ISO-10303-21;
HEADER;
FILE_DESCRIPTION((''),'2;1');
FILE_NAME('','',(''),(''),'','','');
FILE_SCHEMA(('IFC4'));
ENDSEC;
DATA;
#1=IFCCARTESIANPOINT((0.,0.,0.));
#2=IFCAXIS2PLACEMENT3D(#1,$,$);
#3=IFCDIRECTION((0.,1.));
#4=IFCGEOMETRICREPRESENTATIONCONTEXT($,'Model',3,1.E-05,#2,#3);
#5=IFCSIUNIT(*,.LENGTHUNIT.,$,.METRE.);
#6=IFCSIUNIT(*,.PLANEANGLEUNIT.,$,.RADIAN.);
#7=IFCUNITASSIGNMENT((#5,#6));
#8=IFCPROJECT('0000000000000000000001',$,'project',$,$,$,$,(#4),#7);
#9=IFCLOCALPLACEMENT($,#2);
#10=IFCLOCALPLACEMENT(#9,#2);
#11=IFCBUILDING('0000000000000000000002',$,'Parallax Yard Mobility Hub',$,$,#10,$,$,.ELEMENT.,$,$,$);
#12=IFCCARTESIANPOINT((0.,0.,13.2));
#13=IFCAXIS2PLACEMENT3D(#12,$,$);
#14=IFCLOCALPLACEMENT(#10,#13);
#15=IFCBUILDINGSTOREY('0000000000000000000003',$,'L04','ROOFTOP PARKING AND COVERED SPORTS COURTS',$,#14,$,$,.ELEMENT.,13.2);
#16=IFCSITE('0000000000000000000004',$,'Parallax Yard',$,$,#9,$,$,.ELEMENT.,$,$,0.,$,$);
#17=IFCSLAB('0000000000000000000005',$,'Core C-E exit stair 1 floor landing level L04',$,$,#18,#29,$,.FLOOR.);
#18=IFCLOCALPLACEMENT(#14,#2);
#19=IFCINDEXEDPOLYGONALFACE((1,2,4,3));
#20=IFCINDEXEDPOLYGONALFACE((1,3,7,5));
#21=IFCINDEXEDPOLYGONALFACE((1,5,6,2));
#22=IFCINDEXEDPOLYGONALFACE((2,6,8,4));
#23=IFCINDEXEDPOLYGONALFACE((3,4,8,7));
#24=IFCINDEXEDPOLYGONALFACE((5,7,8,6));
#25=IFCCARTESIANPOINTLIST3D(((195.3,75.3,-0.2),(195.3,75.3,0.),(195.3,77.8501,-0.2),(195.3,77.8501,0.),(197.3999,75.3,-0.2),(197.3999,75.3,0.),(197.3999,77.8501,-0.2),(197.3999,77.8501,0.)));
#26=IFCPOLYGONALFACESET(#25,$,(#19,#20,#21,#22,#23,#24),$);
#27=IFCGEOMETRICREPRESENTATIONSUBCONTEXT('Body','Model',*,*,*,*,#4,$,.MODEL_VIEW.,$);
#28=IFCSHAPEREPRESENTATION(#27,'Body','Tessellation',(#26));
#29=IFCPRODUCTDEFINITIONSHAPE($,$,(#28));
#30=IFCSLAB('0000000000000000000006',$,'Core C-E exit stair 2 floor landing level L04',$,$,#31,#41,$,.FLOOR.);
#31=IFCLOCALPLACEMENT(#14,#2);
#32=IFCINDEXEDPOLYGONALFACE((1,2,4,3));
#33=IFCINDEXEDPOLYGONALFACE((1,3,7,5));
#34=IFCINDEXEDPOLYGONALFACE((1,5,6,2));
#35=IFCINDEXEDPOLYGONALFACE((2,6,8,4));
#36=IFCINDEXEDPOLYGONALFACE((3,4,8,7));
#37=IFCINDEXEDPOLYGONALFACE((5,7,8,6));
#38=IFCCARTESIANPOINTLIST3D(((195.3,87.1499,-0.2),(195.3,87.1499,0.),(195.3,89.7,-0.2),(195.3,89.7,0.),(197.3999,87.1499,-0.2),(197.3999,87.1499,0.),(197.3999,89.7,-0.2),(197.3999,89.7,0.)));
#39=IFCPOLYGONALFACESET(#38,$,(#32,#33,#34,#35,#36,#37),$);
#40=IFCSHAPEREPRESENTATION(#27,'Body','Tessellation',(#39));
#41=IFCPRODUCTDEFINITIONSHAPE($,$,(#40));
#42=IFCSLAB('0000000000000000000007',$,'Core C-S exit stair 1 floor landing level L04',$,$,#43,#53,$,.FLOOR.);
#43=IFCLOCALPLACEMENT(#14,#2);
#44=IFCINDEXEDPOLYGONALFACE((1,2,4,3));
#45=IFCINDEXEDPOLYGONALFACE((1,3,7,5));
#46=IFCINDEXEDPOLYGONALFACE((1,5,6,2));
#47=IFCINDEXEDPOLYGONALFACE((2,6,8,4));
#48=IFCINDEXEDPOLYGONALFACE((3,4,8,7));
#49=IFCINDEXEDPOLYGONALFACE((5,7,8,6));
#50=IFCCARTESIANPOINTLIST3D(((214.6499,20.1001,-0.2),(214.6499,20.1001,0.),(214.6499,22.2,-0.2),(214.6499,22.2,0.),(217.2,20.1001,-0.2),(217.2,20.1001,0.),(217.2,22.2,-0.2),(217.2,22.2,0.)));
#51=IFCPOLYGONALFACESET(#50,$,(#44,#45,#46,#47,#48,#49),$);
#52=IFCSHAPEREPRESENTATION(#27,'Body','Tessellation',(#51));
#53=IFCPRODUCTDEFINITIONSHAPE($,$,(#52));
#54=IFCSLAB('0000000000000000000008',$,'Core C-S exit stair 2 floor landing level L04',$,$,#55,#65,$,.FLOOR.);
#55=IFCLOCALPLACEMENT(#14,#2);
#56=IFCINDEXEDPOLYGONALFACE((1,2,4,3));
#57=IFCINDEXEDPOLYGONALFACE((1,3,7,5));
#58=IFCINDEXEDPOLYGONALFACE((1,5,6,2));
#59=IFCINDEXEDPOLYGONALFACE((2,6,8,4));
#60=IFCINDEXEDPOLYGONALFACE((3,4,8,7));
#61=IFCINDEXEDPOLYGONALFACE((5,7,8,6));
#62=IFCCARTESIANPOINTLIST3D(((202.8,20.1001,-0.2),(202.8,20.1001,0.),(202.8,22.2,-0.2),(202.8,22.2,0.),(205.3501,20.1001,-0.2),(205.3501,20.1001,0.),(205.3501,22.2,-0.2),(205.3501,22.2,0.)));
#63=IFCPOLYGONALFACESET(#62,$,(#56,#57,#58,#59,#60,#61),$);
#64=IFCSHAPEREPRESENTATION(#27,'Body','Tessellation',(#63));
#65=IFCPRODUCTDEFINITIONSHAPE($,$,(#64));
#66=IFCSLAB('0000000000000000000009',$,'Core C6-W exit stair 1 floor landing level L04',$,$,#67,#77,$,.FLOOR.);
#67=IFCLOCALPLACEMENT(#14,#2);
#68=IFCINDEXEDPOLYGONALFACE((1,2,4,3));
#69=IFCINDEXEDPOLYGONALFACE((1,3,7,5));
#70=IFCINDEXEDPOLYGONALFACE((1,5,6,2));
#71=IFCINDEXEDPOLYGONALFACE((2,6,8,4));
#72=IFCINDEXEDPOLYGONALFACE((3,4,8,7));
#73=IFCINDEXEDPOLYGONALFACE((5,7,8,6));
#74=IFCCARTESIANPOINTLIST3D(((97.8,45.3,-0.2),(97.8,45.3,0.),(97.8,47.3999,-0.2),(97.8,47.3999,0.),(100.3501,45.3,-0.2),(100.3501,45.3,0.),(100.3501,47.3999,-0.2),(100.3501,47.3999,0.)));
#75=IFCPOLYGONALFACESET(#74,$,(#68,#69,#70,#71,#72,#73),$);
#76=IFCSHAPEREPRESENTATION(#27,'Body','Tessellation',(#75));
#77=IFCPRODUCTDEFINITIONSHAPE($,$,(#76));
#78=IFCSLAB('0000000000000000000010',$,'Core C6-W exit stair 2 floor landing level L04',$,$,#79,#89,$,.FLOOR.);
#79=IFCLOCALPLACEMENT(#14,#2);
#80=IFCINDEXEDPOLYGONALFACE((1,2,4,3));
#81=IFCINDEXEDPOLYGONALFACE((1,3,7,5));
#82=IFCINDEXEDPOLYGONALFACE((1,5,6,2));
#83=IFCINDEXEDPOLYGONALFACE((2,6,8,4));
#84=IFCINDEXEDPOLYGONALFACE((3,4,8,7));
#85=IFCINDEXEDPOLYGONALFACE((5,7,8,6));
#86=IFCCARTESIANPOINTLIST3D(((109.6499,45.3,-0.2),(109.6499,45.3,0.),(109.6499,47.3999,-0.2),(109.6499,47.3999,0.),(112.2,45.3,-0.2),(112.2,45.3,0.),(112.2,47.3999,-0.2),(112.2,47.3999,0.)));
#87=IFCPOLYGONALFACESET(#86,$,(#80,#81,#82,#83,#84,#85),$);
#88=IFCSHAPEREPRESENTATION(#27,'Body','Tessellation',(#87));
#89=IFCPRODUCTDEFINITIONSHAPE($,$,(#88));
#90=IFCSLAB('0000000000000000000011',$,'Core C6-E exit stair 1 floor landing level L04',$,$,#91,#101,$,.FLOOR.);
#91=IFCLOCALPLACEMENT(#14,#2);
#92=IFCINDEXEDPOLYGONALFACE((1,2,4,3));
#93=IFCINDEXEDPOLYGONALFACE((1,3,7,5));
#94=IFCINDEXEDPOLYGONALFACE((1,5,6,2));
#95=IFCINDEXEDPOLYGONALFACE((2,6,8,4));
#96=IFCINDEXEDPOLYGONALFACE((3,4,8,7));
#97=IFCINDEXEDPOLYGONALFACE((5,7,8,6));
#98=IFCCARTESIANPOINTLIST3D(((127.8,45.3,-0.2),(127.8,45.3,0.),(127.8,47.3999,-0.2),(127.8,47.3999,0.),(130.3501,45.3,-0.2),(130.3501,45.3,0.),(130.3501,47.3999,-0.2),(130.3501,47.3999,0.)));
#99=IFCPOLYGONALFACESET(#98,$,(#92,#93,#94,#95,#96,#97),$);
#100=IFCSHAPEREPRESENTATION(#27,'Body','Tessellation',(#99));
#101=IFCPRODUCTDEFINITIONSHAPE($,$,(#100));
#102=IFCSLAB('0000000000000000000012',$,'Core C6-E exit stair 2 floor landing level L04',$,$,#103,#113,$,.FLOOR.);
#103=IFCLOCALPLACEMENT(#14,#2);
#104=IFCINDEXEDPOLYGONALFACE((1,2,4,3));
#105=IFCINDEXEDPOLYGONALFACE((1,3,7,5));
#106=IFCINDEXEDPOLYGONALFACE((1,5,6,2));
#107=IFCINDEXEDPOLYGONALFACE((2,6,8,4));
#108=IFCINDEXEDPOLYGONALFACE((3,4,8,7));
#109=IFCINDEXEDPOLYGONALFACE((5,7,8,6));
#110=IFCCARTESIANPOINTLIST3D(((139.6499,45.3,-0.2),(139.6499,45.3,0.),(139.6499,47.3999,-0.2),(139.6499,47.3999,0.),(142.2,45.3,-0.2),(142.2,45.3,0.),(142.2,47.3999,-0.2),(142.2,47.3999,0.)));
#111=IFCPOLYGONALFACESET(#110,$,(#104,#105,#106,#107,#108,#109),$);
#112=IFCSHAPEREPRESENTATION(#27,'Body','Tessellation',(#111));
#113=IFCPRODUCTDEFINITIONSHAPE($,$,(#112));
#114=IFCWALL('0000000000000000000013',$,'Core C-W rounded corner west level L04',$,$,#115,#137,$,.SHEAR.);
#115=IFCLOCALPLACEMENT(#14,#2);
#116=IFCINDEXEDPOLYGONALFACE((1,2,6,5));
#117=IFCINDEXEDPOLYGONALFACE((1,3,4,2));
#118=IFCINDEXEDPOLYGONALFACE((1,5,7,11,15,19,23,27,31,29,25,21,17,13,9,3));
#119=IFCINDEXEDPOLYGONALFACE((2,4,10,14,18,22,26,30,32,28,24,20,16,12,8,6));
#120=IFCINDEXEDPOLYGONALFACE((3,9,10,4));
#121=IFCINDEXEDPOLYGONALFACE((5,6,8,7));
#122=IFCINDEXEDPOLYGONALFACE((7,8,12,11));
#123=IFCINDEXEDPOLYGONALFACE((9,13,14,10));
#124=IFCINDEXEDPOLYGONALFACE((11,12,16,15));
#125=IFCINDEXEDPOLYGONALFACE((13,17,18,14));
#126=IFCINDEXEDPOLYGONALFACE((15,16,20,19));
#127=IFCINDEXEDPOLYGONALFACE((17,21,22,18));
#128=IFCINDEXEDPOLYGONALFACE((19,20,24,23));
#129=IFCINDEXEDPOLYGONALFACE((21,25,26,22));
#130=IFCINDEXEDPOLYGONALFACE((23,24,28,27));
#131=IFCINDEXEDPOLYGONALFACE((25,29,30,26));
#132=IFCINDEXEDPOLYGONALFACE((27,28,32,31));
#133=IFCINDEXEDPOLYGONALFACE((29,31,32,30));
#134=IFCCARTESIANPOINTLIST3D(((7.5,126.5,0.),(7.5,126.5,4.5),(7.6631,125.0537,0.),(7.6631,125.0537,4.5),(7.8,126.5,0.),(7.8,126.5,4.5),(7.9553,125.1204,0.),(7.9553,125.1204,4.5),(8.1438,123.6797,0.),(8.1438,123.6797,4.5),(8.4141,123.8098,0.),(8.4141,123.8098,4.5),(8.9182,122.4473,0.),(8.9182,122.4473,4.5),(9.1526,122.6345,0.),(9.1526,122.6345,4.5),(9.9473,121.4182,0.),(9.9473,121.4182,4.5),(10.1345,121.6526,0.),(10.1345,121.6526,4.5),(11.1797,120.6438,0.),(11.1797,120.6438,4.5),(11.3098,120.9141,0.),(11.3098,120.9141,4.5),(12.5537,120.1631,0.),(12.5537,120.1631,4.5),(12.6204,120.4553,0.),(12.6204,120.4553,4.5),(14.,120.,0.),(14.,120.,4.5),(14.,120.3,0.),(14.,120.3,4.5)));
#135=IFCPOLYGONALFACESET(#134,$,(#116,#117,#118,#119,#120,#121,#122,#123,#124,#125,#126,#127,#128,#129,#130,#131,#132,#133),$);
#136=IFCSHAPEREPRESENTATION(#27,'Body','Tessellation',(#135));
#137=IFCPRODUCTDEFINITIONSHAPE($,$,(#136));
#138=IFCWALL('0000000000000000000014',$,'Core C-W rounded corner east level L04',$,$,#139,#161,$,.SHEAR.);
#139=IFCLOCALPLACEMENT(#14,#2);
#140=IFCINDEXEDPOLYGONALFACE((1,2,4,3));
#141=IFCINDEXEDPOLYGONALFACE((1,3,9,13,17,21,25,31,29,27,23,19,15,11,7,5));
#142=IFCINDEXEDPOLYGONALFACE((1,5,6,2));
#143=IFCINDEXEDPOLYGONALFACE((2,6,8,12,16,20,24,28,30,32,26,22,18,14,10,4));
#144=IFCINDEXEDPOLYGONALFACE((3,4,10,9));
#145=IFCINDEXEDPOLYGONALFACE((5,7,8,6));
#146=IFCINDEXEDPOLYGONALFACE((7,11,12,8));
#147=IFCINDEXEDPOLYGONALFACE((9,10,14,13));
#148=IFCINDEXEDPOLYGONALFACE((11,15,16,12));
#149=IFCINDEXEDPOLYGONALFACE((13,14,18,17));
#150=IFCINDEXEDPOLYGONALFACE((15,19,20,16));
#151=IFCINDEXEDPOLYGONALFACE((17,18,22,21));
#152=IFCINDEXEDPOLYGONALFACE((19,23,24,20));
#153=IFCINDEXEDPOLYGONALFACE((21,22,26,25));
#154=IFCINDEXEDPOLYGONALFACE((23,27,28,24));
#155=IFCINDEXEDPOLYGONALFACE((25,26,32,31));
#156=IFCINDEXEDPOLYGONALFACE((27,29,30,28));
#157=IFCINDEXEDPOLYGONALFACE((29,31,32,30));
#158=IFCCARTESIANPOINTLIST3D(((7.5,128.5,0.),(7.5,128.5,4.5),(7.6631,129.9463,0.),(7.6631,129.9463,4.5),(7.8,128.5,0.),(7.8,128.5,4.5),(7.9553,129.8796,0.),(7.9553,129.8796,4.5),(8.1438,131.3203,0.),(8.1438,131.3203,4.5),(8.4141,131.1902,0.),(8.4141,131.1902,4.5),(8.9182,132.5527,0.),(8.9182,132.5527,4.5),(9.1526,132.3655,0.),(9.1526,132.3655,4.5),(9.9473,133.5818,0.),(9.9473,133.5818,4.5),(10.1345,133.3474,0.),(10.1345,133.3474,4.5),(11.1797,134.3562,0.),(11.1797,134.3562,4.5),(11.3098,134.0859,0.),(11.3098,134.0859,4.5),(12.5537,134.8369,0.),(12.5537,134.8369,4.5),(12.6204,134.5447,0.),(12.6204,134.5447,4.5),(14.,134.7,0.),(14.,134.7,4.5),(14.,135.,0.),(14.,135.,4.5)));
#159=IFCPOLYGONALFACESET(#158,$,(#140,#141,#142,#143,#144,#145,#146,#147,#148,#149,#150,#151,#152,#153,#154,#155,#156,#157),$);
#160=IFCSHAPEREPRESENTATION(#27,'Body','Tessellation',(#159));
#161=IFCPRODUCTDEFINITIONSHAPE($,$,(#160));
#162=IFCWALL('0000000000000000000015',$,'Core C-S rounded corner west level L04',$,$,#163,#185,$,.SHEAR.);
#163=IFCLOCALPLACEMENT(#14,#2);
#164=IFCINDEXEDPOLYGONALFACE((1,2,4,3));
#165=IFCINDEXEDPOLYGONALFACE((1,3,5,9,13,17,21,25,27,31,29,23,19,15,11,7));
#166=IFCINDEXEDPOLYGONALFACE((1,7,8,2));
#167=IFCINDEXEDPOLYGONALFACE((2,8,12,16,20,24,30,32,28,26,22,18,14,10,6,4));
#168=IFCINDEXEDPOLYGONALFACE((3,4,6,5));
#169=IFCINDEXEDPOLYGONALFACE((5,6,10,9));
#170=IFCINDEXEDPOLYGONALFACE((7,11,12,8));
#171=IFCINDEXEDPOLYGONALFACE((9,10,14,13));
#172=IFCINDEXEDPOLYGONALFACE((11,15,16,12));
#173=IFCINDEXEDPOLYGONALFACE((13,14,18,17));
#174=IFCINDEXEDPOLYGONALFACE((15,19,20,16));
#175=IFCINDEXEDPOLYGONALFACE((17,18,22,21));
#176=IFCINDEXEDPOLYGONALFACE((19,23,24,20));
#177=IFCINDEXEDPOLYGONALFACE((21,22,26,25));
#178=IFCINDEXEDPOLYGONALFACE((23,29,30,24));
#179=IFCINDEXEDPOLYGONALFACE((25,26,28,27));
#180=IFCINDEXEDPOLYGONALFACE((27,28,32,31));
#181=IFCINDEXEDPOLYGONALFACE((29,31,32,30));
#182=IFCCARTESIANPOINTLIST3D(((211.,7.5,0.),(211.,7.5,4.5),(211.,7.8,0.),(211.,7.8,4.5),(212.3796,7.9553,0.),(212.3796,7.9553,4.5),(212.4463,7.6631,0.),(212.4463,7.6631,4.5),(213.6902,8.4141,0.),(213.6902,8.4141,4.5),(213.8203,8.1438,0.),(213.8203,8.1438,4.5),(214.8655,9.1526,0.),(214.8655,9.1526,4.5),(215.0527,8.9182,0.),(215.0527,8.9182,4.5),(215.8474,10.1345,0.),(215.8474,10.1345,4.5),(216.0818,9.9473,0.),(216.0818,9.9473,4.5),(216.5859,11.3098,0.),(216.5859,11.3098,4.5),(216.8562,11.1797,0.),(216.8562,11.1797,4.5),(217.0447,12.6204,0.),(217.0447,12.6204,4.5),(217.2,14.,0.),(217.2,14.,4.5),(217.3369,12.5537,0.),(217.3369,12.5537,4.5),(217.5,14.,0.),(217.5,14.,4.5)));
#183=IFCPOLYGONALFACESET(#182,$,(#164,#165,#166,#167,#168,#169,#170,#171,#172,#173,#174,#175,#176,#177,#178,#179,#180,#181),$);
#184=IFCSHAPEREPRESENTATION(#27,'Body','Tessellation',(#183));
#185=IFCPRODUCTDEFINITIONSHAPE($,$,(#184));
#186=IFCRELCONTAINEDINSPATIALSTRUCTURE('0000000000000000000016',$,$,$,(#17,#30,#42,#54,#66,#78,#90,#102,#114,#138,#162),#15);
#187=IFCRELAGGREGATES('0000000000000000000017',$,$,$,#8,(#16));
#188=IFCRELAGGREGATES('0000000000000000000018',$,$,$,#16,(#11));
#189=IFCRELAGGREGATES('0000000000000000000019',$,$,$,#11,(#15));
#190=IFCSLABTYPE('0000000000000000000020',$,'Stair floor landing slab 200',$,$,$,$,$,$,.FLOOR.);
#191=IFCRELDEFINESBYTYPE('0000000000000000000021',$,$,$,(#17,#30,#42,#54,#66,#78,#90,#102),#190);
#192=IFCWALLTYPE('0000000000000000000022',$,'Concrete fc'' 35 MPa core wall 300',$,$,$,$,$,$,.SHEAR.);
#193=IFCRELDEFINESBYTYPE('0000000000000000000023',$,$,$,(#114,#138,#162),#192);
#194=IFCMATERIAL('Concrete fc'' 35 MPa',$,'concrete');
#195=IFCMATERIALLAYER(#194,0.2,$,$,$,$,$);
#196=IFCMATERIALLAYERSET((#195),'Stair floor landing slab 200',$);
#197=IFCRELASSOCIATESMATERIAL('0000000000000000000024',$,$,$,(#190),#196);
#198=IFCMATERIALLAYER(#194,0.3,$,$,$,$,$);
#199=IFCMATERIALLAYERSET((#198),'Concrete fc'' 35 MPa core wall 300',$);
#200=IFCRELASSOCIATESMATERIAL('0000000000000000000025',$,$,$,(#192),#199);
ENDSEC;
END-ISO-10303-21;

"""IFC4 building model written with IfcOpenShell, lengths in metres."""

from ifc_helpers import new_model, si_unit, direction, frame, origin, place, context, subcontext, project, spatial, polyline, outline, extrude, material, layer, layer_set, type_object, element, save


model = new_model("IFC4")

# Units and contexts
model_context = context("Model", 3, precision=1e-05, world=origin(), true_north=direction((0.0, 1.0)))
body_context = subcontext(model_context, "Body", "Model", "MODEL_VIEW")
ifc_project = project(units=[si_unit("LENGTHUNIT", "METRE"), si_unit("PLANEANGLEUNIT", "RADIAN")], contexts=[model_context])

# Site, building, storey
site_placement = place(None, origin())
site = spatial("IfcSite", under=ifc_project, at=site_placement, Name="Parallax Yard", CompositionType="ELEMENT", RefElevation=0.0)
building_placement = place(site_placement, origin())
building = spatial("IfcBuilding", under=site, at=building_placement, Name="Parallax Yard Mobility Hub", CompositionType="ELEMENT")
storey_placement = place(building_placement, frame((0.0, 0.0, 13.2)))
storey = spatial("IfcBuildingStorey", under=building, at=storey_placement, Name="L04", Description="ROOFTOP PARKING AND COVERED SPORTS COURTS", CompositionType="ELEMENT", Elevation=13.2)

# Slabs
ifc_material_1 = material(Name="Concrete fc' 35 MPa", Category="concrete")
ifc_layer_1 = layer(ifc_material_1, 0.2)
ifc_layer_set_1 = layer_set([ifc_layer_1], Name="Stair floor landing slab 200")
slab_type_1 = type_object("IfcSlabType", Name="Stair floor landing slab 200", PredefinedType="FLOOR", material=ifc_layer_set_1)
slab_1_placement = place(storey_placement, frame((0.0, 0.0, -0.2)))
element("IfcSlab", 1, at=slab_1_placement, inside=storey, type_object=slab_type_1, Name="Core C-E exit stair 1 floor landing level L04", PredefinedType="FLOOR", context=body_context, shape_type="SweptSolid", body=[
    extrude(outline(polyline([(197.3999, 77.8501), (195.3, 77.8501), (195.3, 75.3), (197.3999, 75.3), (197.3999, 77.8501)])), origin(), (0.0, 0.0, 1.0), 0.2),
])
slab_2_placement = place(storey_placement, frame((0.0, 0.0, -0.2)))
element("IfcSlab", 2, at=slab_2_placement, inside=storey, type_object=slab_type_1, Name="Core C-E exit stair 2 floor landing level L04", PredefinedType="FLOOR", context=body_context, shape_type="SweptSolid", body=[
    extrude(outline(polyline([(197.3999, 89.7), (195.3, 89.7), (195.3, 87.1499), (197.3999, 87.1499), (197.3999, 89.7)])), origin(), (0.0, 0.0, 1.0), 0.2),
])
slab_3_placement = place(storey_placement, frame((0.0, 0.0, -0.2)))
element("IfcSlab", 3, at=slab_3_placement, inside=storey, type_object=slab_type_1, Name="Core C-S exit stair 1 floor landing level L04", PredefinedType="FLOOR", context=body_context, shape_type="SweptSolid", body=[
    extrude(outline(polyline([(217.2, 20.1001), (214.6499, 20.1001), (214.6499, 22.2), (217.2, 22.2), (217.2, 20.1001)])), origin(), (0.0, 0.0, 1.0), 0.2),
])
slab_4_placement = place(storey_placement, frame((0.0, 0.0, -0.2)))
element("IfcSlab", 4, at=slab_4_placement, inside=storey, type_object=slab_type_1, Name="Core C-S exit stair 2 floor landing level L04", PredefinedType="FLOOR", context=body_context, shape_type="SweptSolid", body=[
    extrude(outline(polyline([(205.3501, 20.1001), (202.8, 20.1001), (202.8, 22.2), (205.3501, 22.2), (205.3501, 20.1001)])), origin(), (0.0, 0.0, 1.0), 0.2),
])
slab_5_placement = place(storey_placement, frame((0.0, 0.0, -0.2)))
element("IfcSlab", 5, at=slab_5_placement, inside=storey, type_object=slab_type_1, Name="Core C6-W exit stair 1 floor landing level L04", PredefinedType="FLOOR", context=body_context, shape_type="SweptSolid", body=[
    extrude(outline(polyline([(100.3501, 45.3), (100.3501, 47.3999), (97.8, 47.3999), (97.8, 45.3), (100.3501, 45.3)])), origin(), (0.0, 0.0, 1.0), 0.2),
])
slab_6_placement = place(storey_placement, frame((0.0, 0.0, -0.2)))
element("IfcSlab", 6, at=slab_6_placement, inside=storey, type_object=slab_type_1, Name="Core C6-W exit stair 2 floor landing level L04", PredefinedType="FLOOR", context=body_context, shape_type="SweptSolid", body=[
    extrude(outline(polyline([(112.2, 45.3), (112.2, 47.3999), (109.6499, 47.3999), (109.6499, 45.3), (112.2, 45.3)])), origin(), (0.0, 0.0, 1.0), 0.2),
])
slab_7_placement = place(storey_placement, frame((0.0, 0.0, -0.2)))
element("IfcSlab", 7, at=slab_7_placement, inside=storey, type_object=slab_type_1, Name="Core C6-E exit stair 1 floor landing level L04", PredefinedType="FLOOR", context=body_context, shape_type="SweptSolid", body=[
    extrude(outline(polyline([(130.3501, 45.3), (130.3501, 47.3999), (127.8, 47.3999), (127.8, 45.3), (130.3501, 45.3)])), origin(), (0.0, 0.0, 1.0), 0.2),
])
slab_8_placement = place(storey_placement, frame((0.0, 0.0, -0.2)))
element("IfcSlab", 8, at=slab_8_placement, inside=storey, type_object=slab_type_1, Name="Core C6-E exit stair 2 floor landing level L04", PredefinedType="FLOOR", context=body_context, shape_type="SweptSolid", body=[
    extrude(outline(polyline([(142.2, 45.3), (142.2, 47.3999), (139.6499, 47.3999), (139.6499, 45.3), (142.2, 45.3)])), origin(), (0.0, 0.0, 1.0), 0.2),
])

# Walls
ifc_layer_2 = layer(ifc_material_1, 0.3)
ifc_layer_set_2 = layer_set([ifc_layer_2], Name="Concrete fc' 35 MPa core wall 300")
wall_type = type_object("IfcWallType", Name="Concrete fc' 35 MPa core wall 300", PredefinedType="SHEAR", material=ifc_layer_set_2)
wall_1_placement = place(storey_placement, origin())
element("IfcWall", 9, at=wall_1_placement, inside=storey, type_object=wall_type, Name="Core C-W rounded corner west level L04", PredefinedType="SHEAR", context=body_context, shape_type="SweptSolid", body=[
    extrude(outline(polyline([(14.0, 120.0), (12.5537, 120.1631), (11.1797, 120.6438), (9.9473, 121.4182), (8.9182, 122.4473), (8.1438, 123.6797), (7.6631, 125.0537), (7.5, 126.5), (7.8, 126.5), (7.9553, 125.1204), (8.4141, 123.8098), (9.1526, 122.6345), (10.1345, 121.6526), (11.3098, 120.9141), (12.6204, 120.4553), (14.0, 120.3), (14.0, 120.0)])), origin(), (0.0, 0.0, 1.0), 4.5),
])
wall_2_placement = place(storey_placement, origin())
element("IfcWall", 10, at=wall_2_placement, inside=storey, type_object=wall_type, Name="Core C-W rounded corner east level L04", PredefinedType="SHEAR", context=body_context, shape_type="SweptSolid", body=[
    extrude(outline(polyline([(14.0, 135.0), (12.5537, 134.8369), (11.1797, 134.3562), (9.9473, 133.5818), (8.9182, 132.5527), (8.1438, 131.3203), (7.6631, 129.9463), (7.5, 128.5), (7.8, 128.5), (7.9553, 129.8796), (8.4141, 131.1902), (9.1526, 132.3655), (10.1345, 133.3474), (11.3098, 134.0859), (12.6204, 134.5447), (14.0, 134.7), (14.0, 135.0)])), origin(), (0.0, 0.0, 1.0), 4.5),
])
wall_3_placement = place(storey_placement, origin())
element("IfcWall", 11, at=wall_3_placement, inside=storey, type_object=wall_type, Name="Core C-S rounded corner west level L04", PredefinedType="SHEAR", context=body_context, shape_type="SweptSolid", body=[
    extrude(outline(polyline([(217.5, 14.0), (217.3369, 12.5537), (216.8562, 11.1797), (216.0818, 9.9473), (215.0527, 8.9182), (213.8203, 8.1438), (212.4463, 7.6631), (211.0, 7.5), (211.0, 7.8), (212.3796, 7.9553), (213.6902, 8.4141), (214.8655, 9.1526), (215.8474, 10.1345), (216.5859, 11.3098), (217.0447, 12.6204), (217.2, 14.0), (217.5, 14.0)])), origin(), (0.0, 0.0, 1.0), 4.5),
])

save(model, "model.ifc")
